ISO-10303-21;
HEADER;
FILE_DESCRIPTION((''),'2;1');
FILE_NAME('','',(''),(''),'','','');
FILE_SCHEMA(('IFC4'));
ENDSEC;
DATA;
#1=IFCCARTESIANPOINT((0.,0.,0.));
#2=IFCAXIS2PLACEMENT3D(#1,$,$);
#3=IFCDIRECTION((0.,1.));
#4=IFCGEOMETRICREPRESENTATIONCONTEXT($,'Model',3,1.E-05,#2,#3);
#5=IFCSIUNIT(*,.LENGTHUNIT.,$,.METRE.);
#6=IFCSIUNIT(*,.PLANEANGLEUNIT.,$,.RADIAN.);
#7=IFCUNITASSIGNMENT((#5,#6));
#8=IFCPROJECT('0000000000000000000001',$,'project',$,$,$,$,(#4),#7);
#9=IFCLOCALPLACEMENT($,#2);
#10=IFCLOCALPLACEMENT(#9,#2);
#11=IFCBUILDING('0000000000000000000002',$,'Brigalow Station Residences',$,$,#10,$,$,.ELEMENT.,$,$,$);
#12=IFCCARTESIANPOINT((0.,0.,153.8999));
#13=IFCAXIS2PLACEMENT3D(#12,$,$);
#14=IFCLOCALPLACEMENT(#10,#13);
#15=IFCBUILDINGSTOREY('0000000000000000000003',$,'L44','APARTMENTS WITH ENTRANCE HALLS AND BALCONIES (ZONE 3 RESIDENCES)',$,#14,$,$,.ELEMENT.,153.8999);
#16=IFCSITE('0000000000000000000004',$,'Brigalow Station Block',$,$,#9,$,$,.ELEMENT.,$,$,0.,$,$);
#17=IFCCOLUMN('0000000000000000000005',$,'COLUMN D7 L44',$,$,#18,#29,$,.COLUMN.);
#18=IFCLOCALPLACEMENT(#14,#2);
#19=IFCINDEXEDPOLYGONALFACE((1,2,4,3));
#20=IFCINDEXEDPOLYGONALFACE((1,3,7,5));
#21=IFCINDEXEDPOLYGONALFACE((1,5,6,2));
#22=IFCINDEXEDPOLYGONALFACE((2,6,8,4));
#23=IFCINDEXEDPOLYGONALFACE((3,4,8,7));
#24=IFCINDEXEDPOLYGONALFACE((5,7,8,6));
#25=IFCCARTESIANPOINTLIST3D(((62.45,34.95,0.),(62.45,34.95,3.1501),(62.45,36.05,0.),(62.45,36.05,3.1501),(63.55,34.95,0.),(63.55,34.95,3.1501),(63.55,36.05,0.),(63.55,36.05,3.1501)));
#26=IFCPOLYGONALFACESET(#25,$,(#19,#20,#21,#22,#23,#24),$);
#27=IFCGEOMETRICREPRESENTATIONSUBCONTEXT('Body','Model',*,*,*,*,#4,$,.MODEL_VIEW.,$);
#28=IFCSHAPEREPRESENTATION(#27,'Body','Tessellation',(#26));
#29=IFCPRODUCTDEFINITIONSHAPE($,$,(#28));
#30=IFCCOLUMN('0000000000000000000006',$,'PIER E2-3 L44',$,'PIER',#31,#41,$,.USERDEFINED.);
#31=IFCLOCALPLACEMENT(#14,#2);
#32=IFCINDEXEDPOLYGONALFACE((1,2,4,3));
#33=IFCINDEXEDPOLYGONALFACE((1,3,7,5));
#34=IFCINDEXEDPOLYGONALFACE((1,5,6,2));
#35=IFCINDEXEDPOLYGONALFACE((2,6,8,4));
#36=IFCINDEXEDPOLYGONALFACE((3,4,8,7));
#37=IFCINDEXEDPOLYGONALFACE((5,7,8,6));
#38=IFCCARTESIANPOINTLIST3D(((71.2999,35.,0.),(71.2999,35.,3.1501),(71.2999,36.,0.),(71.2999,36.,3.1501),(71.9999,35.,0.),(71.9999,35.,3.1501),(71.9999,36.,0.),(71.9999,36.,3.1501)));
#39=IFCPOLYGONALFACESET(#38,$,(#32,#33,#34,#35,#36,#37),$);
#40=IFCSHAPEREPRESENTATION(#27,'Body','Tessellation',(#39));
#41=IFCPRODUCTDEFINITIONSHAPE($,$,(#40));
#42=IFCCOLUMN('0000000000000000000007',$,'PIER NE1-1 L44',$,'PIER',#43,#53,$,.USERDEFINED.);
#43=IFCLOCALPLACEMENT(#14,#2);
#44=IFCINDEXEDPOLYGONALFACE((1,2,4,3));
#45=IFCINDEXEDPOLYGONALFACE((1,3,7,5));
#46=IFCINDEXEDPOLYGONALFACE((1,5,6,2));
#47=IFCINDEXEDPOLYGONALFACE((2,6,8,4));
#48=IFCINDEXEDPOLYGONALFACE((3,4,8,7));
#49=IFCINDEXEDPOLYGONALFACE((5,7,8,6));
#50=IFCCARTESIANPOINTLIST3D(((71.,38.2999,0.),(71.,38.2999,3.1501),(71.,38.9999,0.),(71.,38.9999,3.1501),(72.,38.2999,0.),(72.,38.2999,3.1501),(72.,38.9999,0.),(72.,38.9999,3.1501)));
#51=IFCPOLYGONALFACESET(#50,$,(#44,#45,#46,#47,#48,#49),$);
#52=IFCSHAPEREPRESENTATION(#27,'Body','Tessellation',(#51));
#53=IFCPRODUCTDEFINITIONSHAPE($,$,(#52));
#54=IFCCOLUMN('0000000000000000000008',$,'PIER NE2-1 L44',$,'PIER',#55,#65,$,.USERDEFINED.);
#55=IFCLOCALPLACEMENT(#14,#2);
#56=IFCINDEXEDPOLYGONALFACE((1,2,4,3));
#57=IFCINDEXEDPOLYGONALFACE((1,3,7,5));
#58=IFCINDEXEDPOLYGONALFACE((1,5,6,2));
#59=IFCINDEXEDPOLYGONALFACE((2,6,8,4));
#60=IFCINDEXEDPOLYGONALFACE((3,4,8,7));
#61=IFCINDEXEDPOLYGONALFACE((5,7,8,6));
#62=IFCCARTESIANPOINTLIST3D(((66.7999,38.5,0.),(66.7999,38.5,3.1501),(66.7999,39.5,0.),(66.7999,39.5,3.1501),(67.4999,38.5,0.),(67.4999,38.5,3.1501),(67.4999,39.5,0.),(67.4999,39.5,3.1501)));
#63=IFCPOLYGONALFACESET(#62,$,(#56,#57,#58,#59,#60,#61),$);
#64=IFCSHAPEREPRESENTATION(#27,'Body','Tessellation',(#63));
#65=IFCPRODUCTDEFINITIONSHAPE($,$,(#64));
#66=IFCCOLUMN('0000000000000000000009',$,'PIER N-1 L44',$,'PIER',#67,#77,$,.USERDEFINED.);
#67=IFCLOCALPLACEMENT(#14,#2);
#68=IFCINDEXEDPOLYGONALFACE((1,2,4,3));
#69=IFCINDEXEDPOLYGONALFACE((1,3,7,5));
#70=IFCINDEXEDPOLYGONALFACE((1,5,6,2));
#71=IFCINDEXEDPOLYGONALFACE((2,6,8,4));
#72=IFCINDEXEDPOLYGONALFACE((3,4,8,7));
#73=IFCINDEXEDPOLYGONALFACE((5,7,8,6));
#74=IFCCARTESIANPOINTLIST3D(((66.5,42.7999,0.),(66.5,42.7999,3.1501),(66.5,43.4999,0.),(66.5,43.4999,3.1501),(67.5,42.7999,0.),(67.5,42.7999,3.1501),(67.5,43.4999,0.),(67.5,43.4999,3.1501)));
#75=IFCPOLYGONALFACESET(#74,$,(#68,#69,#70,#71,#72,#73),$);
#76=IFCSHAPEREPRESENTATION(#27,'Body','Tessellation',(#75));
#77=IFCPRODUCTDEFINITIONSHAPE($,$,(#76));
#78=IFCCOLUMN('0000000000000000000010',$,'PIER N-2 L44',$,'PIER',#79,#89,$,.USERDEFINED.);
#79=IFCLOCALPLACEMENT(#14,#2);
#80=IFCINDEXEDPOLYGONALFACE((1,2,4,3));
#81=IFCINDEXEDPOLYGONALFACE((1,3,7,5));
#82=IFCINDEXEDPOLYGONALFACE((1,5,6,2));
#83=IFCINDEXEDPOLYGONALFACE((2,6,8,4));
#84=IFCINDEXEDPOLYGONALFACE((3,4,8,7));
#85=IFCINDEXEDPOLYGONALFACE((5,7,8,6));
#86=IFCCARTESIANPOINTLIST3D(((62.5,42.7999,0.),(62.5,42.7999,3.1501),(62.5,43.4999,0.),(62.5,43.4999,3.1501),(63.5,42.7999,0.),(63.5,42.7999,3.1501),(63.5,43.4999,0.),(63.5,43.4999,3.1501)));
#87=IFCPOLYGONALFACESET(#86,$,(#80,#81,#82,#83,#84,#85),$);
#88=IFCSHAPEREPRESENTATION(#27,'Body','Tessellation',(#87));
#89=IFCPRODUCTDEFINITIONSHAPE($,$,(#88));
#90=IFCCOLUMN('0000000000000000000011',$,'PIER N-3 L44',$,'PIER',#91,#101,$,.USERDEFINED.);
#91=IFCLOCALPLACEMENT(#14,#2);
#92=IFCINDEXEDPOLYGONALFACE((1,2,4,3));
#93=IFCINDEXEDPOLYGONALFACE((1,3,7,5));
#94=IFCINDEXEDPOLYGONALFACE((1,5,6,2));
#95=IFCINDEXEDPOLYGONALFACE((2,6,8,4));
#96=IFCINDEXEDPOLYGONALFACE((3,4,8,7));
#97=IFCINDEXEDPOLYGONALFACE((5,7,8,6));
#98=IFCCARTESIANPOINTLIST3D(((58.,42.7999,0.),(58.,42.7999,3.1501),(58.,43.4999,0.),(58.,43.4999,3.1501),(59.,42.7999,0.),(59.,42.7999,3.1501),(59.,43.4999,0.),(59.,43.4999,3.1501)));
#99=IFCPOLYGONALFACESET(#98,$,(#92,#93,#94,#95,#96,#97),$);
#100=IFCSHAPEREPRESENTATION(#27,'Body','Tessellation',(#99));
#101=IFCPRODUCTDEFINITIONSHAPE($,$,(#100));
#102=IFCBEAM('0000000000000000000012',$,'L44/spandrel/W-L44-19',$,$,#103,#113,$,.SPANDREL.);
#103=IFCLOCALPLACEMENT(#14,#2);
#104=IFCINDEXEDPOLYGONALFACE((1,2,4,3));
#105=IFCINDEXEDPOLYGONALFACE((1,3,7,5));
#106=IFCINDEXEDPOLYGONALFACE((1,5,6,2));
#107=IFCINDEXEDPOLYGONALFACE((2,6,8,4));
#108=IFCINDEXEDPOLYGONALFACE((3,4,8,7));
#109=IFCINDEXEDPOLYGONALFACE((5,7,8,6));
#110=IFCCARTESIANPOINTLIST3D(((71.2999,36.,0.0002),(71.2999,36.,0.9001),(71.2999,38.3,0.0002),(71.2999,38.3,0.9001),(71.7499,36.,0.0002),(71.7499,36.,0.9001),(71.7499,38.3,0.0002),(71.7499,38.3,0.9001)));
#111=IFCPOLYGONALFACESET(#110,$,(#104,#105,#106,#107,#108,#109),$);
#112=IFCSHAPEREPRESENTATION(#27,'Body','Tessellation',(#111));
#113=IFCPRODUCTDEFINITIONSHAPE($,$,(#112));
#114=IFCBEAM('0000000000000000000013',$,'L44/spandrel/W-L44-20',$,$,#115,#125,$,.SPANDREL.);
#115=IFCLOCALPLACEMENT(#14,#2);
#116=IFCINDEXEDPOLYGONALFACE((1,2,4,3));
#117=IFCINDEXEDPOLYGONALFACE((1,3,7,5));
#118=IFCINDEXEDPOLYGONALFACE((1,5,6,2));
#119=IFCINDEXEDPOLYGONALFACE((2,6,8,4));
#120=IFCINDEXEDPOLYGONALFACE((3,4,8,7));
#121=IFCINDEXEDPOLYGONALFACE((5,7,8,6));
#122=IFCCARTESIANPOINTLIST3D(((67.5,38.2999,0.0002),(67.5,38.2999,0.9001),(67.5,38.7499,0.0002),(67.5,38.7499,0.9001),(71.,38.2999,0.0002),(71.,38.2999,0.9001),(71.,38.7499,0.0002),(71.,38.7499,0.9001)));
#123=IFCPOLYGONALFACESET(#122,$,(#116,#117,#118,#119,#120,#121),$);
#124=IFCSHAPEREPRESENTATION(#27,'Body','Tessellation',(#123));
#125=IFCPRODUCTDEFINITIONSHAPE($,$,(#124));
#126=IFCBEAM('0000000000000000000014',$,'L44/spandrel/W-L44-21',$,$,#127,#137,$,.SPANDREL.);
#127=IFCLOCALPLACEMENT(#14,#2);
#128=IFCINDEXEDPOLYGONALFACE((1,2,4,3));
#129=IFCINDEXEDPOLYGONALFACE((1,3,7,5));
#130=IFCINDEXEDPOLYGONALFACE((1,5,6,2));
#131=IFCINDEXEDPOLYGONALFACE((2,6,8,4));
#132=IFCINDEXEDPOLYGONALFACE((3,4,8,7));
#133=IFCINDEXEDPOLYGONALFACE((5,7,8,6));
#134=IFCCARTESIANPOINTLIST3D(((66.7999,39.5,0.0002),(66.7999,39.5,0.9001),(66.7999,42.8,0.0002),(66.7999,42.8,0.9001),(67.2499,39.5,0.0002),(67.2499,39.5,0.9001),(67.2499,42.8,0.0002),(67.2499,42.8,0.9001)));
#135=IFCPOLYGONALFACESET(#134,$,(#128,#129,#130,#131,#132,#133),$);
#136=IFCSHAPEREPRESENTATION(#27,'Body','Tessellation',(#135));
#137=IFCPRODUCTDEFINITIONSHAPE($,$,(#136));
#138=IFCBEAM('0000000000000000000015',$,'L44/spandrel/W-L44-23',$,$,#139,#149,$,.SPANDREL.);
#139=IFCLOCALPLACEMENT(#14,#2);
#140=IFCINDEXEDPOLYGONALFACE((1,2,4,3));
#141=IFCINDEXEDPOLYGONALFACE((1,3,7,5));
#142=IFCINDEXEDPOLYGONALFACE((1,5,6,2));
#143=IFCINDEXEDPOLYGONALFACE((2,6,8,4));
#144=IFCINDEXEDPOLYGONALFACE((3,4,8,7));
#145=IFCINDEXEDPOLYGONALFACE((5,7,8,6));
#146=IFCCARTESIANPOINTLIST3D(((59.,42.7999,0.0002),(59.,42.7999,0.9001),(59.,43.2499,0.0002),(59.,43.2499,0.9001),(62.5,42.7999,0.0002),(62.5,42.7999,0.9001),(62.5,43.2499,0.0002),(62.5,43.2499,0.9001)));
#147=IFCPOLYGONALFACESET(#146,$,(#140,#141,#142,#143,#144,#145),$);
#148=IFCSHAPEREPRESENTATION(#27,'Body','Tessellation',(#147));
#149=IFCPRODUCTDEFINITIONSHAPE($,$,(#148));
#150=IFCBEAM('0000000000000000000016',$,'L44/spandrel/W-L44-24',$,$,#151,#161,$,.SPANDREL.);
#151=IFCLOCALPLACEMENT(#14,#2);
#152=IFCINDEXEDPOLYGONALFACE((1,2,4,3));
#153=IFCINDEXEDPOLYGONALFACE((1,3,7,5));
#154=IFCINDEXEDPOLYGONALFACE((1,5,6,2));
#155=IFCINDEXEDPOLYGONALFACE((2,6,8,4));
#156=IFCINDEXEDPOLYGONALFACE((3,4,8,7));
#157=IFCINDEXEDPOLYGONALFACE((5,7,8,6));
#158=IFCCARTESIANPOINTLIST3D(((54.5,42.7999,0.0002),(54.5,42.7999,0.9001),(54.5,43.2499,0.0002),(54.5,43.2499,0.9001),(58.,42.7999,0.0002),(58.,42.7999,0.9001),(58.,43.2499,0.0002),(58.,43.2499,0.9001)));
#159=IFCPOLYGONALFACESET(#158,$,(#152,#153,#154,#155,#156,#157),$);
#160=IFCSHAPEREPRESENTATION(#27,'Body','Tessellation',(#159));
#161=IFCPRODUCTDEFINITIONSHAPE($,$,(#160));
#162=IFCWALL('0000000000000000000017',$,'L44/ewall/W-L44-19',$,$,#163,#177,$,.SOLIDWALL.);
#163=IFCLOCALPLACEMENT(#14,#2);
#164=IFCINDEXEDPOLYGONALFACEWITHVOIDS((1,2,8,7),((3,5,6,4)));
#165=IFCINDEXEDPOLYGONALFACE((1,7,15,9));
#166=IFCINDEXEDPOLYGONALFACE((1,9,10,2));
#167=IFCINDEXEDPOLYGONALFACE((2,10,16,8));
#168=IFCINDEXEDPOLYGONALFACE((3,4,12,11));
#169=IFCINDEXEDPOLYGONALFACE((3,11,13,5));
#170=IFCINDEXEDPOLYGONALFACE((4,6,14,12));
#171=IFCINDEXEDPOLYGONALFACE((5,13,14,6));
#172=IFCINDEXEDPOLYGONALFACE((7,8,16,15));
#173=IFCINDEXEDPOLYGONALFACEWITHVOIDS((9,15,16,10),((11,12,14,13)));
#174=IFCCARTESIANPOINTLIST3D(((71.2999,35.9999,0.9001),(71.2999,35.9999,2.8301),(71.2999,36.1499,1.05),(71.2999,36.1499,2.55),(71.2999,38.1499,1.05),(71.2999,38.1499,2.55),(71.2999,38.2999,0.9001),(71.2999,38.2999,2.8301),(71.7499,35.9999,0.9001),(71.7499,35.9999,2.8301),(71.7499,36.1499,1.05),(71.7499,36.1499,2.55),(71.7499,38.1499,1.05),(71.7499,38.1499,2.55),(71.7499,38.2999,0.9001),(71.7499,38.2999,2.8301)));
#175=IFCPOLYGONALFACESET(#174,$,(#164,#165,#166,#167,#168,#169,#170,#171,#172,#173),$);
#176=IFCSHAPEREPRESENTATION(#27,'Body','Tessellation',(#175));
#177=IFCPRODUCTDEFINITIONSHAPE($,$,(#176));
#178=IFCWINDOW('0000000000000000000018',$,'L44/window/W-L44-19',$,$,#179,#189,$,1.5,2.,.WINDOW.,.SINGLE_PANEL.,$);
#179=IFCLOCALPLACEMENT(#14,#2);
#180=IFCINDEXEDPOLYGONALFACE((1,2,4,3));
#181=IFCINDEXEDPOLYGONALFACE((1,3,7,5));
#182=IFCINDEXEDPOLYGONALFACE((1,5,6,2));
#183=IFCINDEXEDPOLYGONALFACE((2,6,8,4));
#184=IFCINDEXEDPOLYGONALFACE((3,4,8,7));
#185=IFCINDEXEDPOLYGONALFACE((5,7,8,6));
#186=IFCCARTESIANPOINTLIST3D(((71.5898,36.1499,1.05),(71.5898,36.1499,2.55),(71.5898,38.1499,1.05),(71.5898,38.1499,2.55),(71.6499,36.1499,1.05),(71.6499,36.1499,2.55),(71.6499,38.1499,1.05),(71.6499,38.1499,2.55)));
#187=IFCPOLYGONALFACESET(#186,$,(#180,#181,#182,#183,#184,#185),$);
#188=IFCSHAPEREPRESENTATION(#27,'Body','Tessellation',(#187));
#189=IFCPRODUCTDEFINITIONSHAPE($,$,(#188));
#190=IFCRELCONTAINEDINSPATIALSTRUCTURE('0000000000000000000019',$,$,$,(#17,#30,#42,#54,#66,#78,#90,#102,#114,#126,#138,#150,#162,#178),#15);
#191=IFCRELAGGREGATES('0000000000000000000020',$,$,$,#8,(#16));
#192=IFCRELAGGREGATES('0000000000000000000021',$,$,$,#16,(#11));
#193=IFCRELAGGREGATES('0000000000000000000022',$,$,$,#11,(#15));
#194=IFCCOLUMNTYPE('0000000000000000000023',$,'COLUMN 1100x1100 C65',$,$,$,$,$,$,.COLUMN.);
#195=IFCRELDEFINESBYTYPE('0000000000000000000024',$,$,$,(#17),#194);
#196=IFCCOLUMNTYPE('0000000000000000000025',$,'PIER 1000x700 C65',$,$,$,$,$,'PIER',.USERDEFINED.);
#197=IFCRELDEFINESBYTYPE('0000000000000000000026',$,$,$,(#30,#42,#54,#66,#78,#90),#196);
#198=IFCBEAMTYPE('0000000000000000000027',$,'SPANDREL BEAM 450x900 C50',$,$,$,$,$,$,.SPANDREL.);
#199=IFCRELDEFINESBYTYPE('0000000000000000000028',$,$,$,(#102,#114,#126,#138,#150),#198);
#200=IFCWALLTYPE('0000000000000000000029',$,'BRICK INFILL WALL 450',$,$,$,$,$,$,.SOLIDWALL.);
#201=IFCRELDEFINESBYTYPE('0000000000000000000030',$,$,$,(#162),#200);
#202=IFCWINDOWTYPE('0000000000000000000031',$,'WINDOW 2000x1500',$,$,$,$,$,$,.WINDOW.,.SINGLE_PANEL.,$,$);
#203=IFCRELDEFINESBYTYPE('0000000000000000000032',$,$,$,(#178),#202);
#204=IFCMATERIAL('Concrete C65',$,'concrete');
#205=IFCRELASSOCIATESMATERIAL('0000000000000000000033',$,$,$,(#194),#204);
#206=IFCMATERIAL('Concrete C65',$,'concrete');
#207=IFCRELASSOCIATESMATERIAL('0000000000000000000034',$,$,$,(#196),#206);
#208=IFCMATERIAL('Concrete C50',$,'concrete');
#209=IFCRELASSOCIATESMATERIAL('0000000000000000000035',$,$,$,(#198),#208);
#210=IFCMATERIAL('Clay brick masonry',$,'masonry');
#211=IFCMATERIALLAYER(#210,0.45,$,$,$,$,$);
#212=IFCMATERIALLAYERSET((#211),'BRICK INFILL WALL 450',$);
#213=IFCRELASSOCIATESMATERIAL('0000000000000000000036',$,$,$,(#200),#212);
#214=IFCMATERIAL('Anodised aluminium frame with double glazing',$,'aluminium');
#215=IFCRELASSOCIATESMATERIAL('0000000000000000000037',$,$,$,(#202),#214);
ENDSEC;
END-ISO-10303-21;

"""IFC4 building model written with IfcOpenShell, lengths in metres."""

from ifc_helpers import new_model, si_unit, direction, frame, frame_2d, origin, origin_2d, place, context, subcontext, project, spatial, rectangle, extrude, material, layer, layer_set, material_profile, profile_set, type_object, element, fill, save


model = new_model("IFC4")

# Units and contexts
model_context = context("Model", 3, precision=1e-05, world=origin(), true_north=direction((0.0, 1.0)))
body_context = subcontext(model_context, "Body", "Model", "MODEL_VIEW")
ifc_project = project(units=[si_unit("LENGTHUNIT", "METRE"), si_unit("PLANEANGLEUNIT", "RADIAN")], contexts=[model_context])

# Site, building, storey
site_placement = place(None, origin())
site = spatial("IfcSite", under=ifc_project, at=site_placement, Name="Brigalow Station Block", CompositionType="ELEMENT", RefElevation=0.0)
building_placement = place(site_placement, origin())
building = spatial("IfcBuilding", under=site, at=building_placement, Name="Brigalow Station Residences", CompositionType="ELEMENT")
storey_placement = place(building_placement, frame((0.0, 0.0, 153.8999)))
storey = spatial("IfcBuildingStorey", under=building, at=storey_placement, Name="L44", Description="APARTMENTS WITH ENTRANCE HALLS AND BALCONIES (ZONE 3 RESIDENCES)", CompositionType="ELEMENT", Elevation=153.8999)

# Columns
ifc_material_1 = material(Name="Concrete C65", Category="concrete")
ifc_material_profile_1 = material_profile(ifc_material_1, rectangle(XDim=1.1001, YDim=1.1001, at=origin_2d()), Name="RC1100x1100")
ifc_profile_set_1 = profile_set([ifc_material_profile_1], Name="Concrete C65")
column_type_1 = type_object("IfcColumnType", Name="COLUMN 1100x1100 C65", PredefinedType="COLUMN", material=ifc_profile_set_1)
column_placement = place(storey_placement, frame((63.0, 35.5, 0.0), z_axis=(0.0, 0.0, 1.0), x_axis=(1.0, 0.0, 0.0)))
element("IfcColumn", 1, at=column_placement, inside=storey, type_object=column_type_1, Name="COLUMN D7 L44", PredefinedType="COLUMN", context=body_context, shape_type="SweptSolid", body=[
    extrude(rectangle(XDim=1.1001, YDim=1.1001, at=origin_2d()), origin(), (0.0, 0.0, 1.0), 3.1501),
])
ifc_material_2 = material(Name="Concrete C65", Category="concrete")
ifc_material_profile_2 = material_profile(ifc_material_2, rectangle(XDim=1.0, YDim=0.7, at=origin_2d()), Name="RC1000x700")
ifc_profile_set_2 = profile_set([ifc_material_profile_2], Name="Concrete C65")
column_type_2 = type_object("IfcColumnType", Name="PIER 1000x700 C65", ElementType="PIER", PredefinedType="USERDEFINED", material=ifc_profile_set_2)
for number, where, z_axis, x_axis, name in (
    (2, (71.6499, 35.5, 0.0), (0.0, 0.0, 1.0), (0.0, 1.0, 0.0), "PIER E2-3 L44"),
    (3, (71.5, 38.6499, 0.0), (0.0, 0.0, 1.0), (-1.0, 0.0, 0.0), "PIER NE1-1 L44"),
    (4, (67.1499, 39.0, 0.0), (0.0, 0.0, 1.0), (0.0, 1.0, 0.0), "PIER NE2-1 L44"),
    (5, (67.0, 43.1499, 0.0), (0.0, 0.0, 1.0), (-1.0, 0.0, 0.0), "PIER N-1 L44"),
    (6, (63.0, 43.1499, 0.0), (0.0, 0.0, 1.0), (-1.0, 0.0, 0.0), "PIER N-2 L44"),
    (7, (58.5, 43.1499, 0.0), (0.0, 0.0, 1.0), (-1.0, 0.0, 0.0), "PIER N-3 L44"),
):
    element("IfcColumn", number, at=place(storey_placement, frame(where, z_axis=z_axis, x_axis=x_axis)), inside=storey, type_object=column_type_2, Name=name, ObjectType="PIER", PredefinedType="USERDEFINED", context=body_context, shape_type="SweptSolid", body=[
        extrude(rectangle(XDim=1.0, YDim=0.7, at=origin_2d()), origin(), (0.0, 0.0, 1.0), 3.1501),
    ])

# Beams
ifc_material_3 = material(Name="Concrete C50", Category="concrete")
ifc_material_profile_3 = material_profile(ifc_material_3, rectangle(XDim=0.45, YDim=0.8999, at=origin_2d()), Name="RC450x900")
ifc_profile_set_3 = profile_set([ifc_material_profile_3], Name="Concrete C50")
beam_type = type_object("IfcBeamType", Name="SPANDREL BEAM 450x900 C50", PredefinedType="SPANDREL", material=ifc_profile_set_3)
beam_1_placement = place(storey_placement, frame((71.5249, 36.0, 0.4502), z_axis=(0.0, 1.0, 0.0), x_axis=(-1.0, 0.0, 0.0)))
element("IfcBeam", 8, at=beam_1_placement, inside=storey, type_object=beam_type, Name="L44/spandrel/W-L44-19", PredefinedType="SPANDREL", context=body_context, shape_type="SweptSolid", body=[
    extrude(rectangle(XDim=0.45, YDim=0.8999, at=origin_2d()), origin(), (0.0, 0.0, 1.0), 2.3),
])
beam_2_placement = place(storey_placement, frame((71.0, 38.5249, 0.4502), z_axis=(-1.0, 0.0, 0.0), x_axis=(0.0, -1.0, 0.0)))
element("IfcBeam", 9, at=beam_2_placement, inside=storey, type_object=beam_type, Name="L44/spandrel/W-L44-20", PredefinedType="SPANDREL", context=body_context, shape_type="SweptSolid", body=[
    extrude(rectangle(XDim=0.45, YDim=0.8999, at=origin_2d()), origin(), (0.0, 0.0, 1.0), 3.5),
])
beam_3_placement = place(storey_placement, frame((67.0249, 39.5, 0.4502), z_axis=(0.0, 1.0, 0.0), x_axis=(-1.0, 0.0, 0.0)))
element("IfcBeam", 10, at=beam_3_placement, inside=storey, type_object=beam_type, Name="L44/spandrel/W-L44-21", PredefinedType="SPANDREL", context=body_context, shape_type="SweptSolid", body=[
    extrude(rectangle(XDim=0.45, YDim=0.8999, at=origin_2d()), origin(), (0.0, 0.0, 1.0), 3.3),
])
for number, where, z_axis, x_axis, name in (
    (11, (62.5, 43.0249, 0.4502), (-1.0, 0.0, 0.0), (0.0, -1.0, 0.0), "L44/spandrel/W-L44-23"),
    (12, (58.0, 43.0249, 0.4502), (-1.0, 0.0, 0.0), (0.0, -1.0, 0.0), "L44/spandrel/W-L44-24"),
):
    element("IfcBeam", number, at=place(storey_placement, frame(where, z_axis=z_axis, x_axis=x_axis)), inside=storey, type_object=beam_type, Name=name, PredefinedType="SPANDREL", context=body_context, shape_type="SweptSolid", body=[
        extrude(rectangle(XDim=0.45, YDim=0.8999, at=origin_2d()), origin(), (0.0, 0.0, 1.0), 3.5),
    ])

# Wall, opening, window
ifc_material_4 = material(Name="Clay brick masonry", Category="masonry")
ifc_layer_1 = layer(ifc_material_4, 0.45)
ifc_layer_set_1 = layer_set([ifc_layer_1], Name="BRICK INFILL WALL 450")
wall_type_1 = type_object("IfcWallType", Name="BRICK INFILL WALL 450", PredefinedType="SOLIDWALL", material=ifc_layer_set_1)
wall_1_placement = place(storey_placement, frame((71.5249, 36.0, 0.9001), z_axis=(0.0, 0.0, 1.0), x_axis=(0.0, 1.0, 0.0)))
wall_1 = element("IfcWall", 13, at=wall_1_placement, inside=storey, type_object=wall_type_1, Name="L44/ewall/W-L44-19", PredefinedType="SOLIDWALL", context=body_context, shape_type="SweptSolid", body=[
    extrude(rectangle(XDim=2.3, YDim=0.45, at=frame_2d((1.1499, 0.0))), origin(), (0.0, 0.0, 1.0), 1.9299),
])
opening_1_placement = place(wall_1_placement, frame((0.1499, 0.0, 0.1499)))
opening_1 = element("IfcOpeningElement", 14, at=opening_1_placement, cuts=wall_1, PredefinedType="OPENING", context=body_context, shape_type="SweptSolid", body=[
    extrude(rectangle(XDim=2.0, YDim=1.5, at=frame_2d((1.0, 0.75))), frame((0.0, 0.2349, 0.0), z_axis=(0.0, -1.0, 0.0), x_axis=(1.0, 0.0, 0.0)), (0.0, 0.0, 1.0), 0.47),
])
ifc_material_5 = material(Name="Anodised aluminium frame with double glazing", Category="aluminium")
window_type_1 = type_object("IfcWindowType", Name="WINDOW 2000x1500", PartitioningType="SINGLE_PANEL", PredefinedType="WINDOW", material=ifc_material_5)
window_1_placement = place(opening_1_placement, origin())
window_1 = element("IfcWindow", 15, at=window_1_placement, inside=storey, type_object=window_type_1, Name="L44/window/W-L44-19", OverallHeight=1.5, OverallWidth=2.0, PartitioningType="SINGLE_PANEL", PredefinedType="WINDOW", context=body_context, shape_type="SweptSolid", body=[
    extrude(rectangle(XDim=2.0, YDim=1.5, at=frame_2d((1.0, 0.75))), frame((0.0, -0.0649, 0.0), z_axis=(0.0, -1.0, 0.0), x_axis=(1.0, 0.0, 0.0)), (0.0, 0.0, 1.0), 0.0601),
])
fill(opening_1, window_1)

save(model, "model.ifc")
